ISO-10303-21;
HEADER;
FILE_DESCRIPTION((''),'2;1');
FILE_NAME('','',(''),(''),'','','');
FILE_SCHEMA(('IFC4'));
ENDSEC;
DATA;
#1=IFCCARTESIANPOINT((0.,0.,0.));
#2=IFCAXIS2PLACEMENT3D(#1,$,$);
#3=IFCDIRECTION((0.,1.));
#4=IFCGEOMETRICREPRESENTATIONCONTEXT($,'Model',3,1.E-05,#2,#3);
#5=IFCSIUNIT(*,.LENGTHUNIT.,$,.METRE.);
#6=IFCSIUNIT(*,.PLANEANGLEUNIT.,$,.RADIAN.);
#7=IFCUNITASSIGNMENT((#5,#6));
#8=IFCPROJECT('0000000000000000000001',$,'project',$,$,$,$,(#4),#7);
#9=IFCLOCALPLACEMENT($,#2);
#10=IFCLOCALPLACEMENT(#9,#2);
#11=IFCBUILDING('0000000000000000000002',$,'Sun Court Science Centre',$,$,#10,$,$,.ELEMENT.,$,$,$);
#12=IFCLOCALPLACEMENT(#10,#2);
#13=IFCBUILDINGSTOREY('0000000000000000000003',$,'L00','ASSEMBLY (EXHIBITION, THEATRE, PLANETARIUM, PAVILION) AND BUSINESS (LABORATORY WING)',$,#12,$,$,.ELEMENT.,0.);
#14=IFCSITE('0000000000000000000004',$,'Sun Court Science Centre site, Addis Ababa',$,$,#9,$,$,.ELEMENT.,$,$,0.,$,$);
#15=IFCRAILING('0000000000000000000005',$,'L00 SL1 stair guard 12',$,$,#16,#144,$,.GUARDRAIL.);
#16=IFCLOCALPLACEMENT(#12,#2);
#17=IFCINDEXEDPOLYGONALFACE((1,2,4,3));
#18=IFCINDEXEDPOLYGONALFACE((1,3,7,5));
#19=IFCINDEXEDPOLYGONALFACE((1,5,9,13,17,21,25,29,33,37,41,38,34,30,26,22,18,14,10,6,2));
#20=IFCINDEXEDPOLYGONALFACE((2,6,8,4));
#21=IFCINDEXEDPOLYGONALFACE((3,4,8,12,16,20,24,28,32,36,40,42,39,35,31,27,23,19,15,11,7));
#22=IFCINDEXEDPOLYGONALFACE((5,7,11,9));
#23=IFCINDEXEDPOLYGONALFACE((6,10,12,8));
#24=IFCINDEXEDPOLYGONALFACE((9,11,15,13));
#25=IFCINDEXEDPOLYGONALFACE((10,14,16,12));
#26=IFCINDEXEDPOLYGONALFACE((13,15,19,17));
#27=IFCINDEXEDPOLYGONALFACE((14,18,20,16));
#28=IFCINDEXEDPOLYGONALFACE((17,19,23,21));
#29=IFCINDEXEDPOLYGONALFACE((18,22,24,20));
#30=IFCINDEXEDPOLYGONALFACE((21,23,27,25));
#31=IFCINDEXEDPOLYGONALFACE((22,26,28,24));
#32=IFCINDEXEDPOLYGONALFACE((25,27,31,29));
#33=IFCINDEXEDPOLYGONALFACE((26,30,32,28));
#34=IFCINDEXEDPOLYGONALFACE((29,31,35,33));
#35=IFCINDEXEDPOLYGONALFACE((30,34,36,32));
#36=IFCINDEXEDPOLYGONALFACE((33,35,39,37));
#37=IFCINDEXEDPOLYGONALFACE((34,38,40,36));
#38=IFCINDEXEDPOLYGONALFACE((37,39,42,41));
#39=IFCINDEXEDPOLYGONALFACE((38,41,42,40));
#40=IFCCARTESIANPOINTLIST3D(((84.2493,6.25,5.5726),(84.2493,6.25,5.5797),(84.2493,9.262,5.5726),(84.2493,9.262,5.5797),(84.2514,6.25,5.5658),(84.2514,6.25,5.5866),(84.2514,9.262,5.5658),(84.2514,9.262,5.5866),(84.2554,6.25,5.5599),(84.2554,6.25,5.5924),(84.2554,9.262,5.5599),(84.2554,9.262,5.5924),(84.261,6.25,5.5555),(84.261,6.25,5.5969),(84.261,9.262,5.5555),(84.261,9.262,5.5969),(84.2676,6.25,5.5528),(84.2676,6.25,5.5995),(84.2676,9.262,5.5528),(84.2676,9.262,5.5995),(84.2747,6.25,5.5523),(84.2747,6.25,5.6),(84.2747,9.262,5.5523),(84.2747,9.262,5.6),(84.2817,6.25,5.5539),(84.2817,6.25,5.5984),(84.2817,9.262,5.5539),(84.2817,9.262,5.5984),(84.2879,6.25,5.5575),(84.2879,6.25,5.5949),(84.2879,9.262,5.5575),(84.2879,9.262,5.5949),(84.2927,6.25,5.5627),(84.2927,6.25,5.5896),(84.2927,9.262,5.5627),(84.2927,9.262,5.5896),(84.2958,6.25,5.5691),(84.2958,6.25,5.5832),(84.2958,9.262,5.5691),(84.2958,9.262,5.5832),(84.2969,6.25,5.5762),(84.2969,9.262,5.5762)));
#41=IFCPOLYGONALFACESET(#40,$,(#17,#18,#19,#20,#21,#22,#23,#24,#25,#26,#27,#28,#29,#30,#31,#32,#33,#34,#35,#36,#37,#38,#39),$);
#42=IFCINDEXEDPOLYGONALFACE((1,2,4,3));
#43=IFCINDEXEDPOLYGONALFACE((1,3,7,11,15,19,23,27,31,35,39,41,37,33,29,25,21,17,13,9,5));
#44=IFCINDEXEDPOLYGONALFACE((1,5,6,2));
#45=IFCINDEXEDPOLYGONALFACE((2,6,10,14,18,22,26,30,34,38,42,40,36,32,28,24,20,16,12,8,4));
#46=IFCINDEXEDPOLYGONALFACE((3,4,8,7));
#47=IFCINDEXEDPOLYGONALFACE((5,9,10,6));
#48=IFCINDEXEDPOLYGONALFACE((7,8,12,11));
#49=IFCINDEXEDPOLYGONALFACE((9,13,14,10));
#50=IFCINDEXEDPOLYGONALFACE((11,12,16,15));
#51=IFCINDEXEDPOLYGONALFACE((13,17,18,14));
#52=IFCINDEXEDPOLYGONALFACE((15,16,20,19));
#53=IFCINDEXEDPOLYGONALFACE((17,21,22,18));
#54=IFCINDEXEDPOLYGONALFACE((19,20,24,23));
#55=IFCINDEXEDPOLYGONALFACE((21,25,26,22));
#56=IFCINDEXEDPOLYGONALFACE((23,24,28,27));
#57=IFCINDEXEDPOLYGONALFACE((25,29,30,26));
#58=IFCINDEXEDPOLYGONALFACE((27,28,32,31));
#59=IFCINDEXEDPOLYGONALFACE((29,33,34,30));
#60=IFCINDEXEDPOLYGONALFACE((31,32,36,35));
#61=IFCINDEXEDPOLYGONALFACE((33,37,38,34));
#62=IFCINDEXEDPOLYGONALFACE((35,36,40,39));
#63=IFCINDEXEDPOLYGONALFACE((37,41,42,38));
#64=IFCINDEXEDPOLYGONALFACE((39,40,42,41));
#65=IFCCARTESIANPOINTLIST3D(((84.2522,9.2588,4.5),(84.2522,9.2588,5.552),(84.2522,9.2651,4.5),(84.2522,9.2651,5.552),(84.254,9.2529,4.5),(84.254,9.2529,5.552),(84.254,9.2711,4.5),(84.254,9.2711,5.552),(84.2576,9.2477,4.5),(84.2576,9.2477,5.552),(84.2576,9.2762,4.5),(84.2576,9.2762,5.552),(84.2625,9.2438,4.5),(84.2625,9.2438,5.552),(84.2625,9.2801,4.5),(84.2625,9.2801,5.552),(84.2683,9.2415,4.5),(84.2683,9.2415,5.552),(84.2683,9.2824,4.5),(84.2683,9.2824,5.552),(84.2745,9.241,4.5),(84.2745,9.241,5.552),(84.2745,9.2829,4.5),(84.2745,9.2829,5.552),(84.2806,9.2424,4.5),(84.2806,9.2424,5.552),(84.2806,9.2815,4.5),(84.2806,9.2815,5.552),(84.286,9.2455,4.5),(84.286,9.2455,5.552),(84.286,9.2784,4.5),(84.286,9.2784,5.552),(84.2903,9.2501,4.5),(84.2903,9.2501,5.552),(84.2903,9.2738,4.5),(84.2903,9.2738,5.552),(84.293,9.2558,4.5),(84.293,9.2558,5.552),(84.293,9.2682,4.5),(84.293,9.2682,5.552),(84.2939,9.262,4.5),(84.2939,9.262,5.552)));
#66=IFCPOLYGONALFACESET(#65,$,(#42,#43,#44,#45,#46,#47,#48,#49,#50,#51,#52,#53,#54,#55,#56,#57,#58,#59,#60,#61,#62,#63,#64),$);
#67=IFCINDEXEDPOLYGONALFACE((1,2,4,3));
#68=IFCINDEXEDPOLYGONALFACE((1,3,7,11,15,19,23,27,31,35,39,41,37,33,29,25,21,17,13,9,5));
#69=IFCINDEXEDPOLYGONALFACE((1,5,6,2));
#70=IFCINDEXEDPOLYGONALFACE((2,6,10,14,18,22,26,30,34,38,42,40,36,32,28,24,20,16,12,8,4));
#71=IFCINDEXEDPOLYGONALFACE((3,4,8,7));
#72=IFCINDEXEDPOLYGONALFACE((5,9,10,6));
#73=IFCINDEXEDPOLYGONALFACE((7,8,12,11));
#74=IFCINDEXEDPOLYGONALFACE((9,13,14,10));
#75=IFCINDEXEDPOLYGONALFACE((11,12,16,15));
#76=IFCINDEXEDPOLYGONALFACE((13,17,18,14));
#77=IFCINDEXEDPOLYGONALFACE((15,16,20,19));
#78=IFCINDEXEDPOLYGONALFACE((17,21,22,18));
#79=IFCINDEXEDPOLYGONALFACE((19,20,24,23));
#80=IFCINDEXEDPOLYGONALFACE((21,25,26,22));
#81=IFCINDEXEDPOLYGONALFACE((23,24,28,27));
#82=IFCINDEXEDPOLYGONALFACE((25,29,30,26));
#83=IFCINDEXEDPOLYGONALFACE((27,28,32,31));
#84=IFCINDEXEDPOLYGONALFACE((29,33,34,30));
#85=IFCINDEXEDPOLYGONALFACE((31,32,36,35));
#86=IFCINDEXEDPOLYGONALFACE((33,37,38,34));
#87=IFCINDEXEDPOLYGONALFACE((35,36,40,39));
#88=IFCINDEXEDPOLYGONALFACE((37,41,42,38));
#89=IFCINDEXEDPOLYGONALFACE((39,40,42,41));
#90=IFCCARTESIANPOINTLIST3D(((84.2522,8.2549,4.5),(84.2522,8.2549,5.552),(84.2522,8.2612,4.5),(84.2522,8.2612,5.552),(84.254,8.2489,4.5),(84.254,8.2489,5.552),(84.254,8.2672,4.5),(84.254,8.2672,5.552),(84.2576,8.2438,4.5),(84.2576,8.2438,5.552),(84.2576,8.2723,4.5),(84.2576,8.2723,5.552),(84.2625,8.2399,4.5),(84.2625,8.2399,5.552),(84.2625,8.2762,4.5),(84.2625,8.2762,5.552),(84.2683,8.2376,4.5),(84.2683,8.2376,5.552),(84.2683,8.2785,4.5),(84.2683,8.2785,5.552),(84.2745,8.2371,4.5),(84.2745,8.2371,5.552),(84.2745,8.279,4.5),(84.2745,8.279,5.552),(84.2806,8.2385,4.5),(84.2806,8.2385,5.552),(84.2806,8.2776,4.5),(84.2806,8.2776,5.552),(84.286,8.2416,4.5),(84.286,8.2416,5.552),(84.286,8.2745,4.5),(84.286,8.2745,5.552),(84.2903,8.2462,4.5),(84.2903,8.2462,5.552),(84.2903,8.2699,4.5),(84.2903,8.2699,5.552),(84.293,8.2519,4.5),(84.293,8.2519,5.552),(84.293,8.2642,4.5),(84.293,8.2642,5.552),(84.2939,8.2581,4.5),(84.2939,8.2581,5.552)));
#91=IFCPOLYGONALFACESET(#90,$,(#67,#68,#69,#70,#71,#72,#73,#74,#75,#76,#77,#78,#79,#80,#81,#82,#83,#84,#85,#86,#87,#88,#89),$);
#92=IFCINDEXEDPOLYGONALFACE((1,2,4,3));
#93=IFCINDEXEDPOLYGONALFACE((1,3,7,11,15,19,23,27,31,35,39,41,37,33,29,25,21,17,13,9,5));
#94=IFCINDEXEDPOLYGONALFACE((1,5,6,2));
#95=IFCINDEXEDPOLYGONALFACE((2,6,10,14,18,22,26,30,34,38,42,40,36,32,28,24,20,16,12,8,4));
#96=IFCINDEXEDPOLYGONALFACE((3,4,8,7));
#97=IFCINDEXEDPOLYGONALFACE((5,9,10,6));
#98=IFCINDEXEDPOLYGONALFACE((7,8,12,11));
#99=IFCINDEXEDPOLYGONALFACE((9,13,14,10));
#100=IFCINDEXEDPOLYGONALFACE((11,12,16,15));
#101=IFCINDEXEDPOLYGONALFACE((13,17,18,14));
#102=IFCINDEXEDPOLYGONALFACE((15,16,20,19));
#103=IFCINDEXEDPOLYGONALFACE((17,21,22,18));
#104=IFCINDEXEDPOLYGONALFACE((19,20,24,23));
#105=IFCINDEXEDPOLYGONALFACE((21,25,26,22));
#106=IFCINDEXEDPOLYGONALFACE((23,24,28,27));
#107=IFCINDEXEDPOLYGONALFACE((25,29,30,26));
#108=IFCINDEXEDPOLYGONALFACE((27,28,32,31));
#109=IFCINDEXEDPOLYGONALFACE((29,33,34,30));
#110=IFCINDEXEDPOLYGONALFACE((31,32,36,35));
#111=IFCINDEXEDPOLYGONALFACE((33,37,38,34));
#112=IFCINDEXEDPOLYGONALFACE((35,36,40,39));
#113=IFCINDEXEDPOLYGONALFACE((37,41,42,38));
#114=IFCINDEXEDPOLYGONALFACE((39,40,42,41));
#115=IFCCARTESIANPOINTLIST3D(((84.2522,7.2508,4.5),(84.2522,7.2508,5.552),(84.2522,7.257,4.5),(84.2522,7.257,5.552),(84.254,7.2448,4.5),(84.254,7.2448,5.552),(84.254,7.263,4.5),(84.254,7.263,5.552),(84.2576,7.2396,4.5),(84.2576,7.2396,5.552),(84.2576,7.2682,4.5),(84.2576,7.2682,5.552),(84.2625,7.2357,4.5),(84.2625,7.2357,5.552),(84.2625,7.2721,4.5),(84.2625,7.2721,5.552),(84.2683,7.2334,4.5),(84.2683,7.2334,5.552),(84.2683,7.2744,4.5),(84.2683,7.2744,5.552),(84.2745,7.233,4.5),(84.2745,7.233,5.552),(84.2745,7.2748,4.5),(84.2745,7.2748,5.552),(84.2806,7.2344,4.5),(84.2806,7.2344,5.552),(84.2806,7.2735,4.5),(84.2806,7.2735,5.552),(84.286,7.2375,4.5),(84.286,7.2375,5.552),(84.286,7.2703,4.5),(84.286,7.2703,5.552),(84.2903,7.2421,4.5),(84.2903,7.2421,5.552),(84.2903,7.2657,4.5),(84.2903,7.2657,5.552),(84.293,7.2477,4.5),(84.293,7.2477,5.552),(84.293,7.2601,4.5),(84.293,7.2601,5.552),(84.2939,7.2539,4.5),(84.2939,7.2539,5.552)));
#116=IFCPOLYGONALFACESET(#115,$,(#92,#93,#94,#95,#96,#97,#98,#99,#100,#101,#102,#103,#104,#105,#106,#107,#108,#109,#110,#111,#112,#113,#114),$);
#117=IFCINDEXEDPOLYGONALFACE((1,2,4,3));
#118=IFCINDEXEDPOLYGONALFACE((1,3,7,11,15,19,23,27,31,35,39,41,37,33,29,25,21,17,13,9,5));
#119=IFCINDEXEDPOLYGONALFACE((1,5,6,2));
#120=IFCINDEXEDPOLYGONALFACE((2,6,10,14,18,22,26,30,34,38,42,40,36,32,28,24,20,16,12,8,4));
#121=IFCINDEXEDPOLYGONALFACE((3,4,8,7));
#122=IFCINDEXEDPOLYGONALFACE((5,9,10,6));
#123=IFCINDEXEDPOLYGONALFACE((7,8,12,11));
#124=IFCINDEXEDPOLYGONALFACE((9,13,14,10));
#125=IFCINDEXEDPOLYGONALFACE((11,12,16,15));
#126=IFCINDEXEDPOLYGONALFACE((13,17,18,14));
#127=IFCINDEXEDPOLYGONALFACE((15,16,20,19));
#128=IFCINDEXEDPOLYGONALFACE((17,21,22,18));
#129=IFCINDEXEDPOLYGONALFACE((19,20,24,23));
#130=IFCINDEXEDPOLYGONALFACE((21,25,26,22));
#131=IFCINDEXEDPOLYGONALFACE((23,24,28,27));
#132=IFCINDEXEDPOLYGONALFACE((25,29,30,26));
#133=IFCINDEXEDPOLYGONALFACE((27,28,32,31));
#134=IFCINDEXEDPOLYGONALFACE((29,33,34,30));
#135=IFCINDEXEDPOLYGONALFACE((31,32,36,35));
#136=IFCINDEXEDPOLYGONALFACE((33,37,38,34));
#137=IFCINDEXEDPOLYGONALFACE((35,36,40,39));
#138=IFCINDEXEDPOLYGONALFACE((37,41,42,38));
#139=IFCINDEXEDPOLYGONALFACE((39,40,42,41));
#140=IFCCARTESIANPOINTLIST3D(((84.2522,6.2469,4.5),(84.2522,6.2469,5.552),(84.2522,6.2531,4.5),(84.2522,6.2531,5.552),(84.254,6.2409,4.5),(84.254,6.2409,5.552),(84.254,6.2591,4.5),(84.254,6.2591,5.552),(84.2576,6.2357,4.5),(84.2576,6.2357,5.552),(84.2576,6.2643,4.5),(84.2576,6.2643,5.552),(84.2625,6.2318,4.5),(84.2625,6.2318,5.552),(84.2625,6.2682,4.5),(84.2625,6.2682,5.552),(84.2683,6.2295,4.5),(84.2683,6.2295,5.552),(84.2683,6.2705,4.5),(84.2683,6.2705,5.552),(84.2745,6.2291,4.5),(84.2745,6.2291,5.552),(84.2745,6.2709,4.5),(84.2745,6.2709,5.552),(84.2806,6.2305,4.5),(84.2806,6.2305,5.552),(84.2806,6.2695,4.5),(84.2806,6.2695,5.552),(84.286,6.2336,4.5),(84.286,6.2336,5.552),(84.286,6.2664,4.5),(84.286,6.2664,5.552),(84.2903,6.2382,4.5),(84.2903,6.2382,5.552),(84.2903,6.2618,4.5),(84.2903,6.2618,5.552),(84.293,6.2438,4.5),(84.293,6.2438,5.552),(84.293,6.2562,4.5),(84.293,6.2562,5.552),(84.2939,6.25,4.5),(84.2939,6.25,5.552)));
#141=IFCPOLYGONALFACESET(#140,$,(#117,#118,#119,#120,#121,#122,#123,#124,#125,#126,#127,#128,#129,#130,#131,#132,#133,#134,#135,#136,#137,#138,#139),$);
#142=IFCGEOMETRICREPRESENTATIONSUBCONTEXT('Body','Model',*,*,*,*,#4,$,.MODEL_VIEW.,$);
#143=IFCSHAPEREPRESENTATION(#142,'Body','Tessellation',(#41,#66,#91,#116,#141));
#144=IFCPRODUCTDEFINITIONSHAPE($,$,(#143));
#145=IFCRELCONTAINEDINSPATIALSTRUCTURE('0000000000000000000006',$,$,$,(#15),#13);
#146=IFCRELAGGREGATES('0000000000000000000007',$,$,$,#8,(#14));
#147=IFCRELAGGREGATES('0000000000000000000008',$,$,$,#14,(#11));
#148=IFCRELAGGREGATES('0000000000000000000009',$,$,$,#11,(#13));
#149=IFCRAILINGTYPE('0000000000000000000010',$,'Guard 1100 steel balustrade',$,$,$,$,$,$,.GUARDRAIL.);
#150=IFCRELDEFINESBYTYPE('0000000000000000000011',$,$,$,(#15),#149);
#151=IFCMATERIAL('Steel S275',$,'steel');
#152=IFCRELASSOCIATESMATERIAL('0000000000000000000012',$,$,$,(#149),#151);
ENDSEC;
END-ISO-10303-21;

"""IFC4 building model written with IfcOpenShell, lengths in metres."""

from ifc_helpers import new_model, si_unit, direction, frame, origin, origin_2d, place, context, subcontext, project, spatial, circle, extrude, material, type_object, element, save


model = new_model("IFC4")

# Units and contexts
model_context = context("Model", 3, precision=1e-05, world=origin(), true_north=direction((0.0, 1.0)))
body_context = subcontext(model_context, "Body", "Model", "MODEL_VIEW")
ifc_project = project(units=[si_unit("LENGTHUNIT", "METRE"), si_unit("PLANEANGLEUNIT", "RADIAN")], contexts=[model_context])

# Site, building, storey
site_placement = place(None, origin())
site = spatial("IfcSite", under=ifc_project, at=site_placement, Name="Sun Court Science Centre site, Addis Ababa", CompositionType="ELEMENT", RefElevation=0.0)
building_placement = place(site_placement, origin())
building = spatial("IfcBuilding", under=site, at=building_placement, Name="Sun Court Science Centre", CompositionType="ELEMENT")
storey_placement = place(building_placement, origin())
storey = spatial("IfcBuildingStorey", under=building, at=storey_placement, Name="L00", Description="ASSEMBLY (EXHIBITION, THEATRE, PLANETARIUM, PAVILION) AND BUSINESS (LABORATORY WING)", CompositionType="ELEMENT", Elevation=0.0)

# Railing
ifc_material_1 = material(Name="Steel S275", Category="steel")
railing_type_1 = type_object("IfcRailingType", Name="Guard 1100 steel balustrade", PredefinedType="GUARDRAIL", material=ifc_material_1)
railing_1_placement = place(storey_placement, frame((84.2729, 9.262, 4.5)))
element("IfcRailing", 1, at=railing_1_placement, inside=storey, type_object=railing_type_1, Name="L00 SL1 stair guard 12", PredefinedType="GUARDRAIL", context=body_context, shape_type="SweptSolid", body=[
    extrude(circle(Radius=0.0239, at=origin_2d()), frame((0.0, 0.0, 1.0762), z_axis=(0.0, -1.0, 0.0), x_axis=(1.0, 0.0, 0.0)), (0.0, 0.0, 1.0), 3.012),
    extrude(circle(Radius=0.021, at=origin_2d()), origin(), (0.0, 0.0, 1.0), 1.052),
    extrude(circle(Radius=0.021, at=origin_2d()), frame((0.0, -1.0039, 0.0)), (0.0, 0.0, 1.0), 1.052),
    extrude(circle(Radius=0.021, at=origin_2d()), frame((0.0, -2.0081, 0.0)), (0.0, 0.0, 1.0), 1.052),
    extrude(circle(Radius=0.021, at=origin_2d()), frame((0.0, -3.012, 0.0)), (0.0, 0.0, 1.0), 1.052),
])

save(model, "model.ifc")
